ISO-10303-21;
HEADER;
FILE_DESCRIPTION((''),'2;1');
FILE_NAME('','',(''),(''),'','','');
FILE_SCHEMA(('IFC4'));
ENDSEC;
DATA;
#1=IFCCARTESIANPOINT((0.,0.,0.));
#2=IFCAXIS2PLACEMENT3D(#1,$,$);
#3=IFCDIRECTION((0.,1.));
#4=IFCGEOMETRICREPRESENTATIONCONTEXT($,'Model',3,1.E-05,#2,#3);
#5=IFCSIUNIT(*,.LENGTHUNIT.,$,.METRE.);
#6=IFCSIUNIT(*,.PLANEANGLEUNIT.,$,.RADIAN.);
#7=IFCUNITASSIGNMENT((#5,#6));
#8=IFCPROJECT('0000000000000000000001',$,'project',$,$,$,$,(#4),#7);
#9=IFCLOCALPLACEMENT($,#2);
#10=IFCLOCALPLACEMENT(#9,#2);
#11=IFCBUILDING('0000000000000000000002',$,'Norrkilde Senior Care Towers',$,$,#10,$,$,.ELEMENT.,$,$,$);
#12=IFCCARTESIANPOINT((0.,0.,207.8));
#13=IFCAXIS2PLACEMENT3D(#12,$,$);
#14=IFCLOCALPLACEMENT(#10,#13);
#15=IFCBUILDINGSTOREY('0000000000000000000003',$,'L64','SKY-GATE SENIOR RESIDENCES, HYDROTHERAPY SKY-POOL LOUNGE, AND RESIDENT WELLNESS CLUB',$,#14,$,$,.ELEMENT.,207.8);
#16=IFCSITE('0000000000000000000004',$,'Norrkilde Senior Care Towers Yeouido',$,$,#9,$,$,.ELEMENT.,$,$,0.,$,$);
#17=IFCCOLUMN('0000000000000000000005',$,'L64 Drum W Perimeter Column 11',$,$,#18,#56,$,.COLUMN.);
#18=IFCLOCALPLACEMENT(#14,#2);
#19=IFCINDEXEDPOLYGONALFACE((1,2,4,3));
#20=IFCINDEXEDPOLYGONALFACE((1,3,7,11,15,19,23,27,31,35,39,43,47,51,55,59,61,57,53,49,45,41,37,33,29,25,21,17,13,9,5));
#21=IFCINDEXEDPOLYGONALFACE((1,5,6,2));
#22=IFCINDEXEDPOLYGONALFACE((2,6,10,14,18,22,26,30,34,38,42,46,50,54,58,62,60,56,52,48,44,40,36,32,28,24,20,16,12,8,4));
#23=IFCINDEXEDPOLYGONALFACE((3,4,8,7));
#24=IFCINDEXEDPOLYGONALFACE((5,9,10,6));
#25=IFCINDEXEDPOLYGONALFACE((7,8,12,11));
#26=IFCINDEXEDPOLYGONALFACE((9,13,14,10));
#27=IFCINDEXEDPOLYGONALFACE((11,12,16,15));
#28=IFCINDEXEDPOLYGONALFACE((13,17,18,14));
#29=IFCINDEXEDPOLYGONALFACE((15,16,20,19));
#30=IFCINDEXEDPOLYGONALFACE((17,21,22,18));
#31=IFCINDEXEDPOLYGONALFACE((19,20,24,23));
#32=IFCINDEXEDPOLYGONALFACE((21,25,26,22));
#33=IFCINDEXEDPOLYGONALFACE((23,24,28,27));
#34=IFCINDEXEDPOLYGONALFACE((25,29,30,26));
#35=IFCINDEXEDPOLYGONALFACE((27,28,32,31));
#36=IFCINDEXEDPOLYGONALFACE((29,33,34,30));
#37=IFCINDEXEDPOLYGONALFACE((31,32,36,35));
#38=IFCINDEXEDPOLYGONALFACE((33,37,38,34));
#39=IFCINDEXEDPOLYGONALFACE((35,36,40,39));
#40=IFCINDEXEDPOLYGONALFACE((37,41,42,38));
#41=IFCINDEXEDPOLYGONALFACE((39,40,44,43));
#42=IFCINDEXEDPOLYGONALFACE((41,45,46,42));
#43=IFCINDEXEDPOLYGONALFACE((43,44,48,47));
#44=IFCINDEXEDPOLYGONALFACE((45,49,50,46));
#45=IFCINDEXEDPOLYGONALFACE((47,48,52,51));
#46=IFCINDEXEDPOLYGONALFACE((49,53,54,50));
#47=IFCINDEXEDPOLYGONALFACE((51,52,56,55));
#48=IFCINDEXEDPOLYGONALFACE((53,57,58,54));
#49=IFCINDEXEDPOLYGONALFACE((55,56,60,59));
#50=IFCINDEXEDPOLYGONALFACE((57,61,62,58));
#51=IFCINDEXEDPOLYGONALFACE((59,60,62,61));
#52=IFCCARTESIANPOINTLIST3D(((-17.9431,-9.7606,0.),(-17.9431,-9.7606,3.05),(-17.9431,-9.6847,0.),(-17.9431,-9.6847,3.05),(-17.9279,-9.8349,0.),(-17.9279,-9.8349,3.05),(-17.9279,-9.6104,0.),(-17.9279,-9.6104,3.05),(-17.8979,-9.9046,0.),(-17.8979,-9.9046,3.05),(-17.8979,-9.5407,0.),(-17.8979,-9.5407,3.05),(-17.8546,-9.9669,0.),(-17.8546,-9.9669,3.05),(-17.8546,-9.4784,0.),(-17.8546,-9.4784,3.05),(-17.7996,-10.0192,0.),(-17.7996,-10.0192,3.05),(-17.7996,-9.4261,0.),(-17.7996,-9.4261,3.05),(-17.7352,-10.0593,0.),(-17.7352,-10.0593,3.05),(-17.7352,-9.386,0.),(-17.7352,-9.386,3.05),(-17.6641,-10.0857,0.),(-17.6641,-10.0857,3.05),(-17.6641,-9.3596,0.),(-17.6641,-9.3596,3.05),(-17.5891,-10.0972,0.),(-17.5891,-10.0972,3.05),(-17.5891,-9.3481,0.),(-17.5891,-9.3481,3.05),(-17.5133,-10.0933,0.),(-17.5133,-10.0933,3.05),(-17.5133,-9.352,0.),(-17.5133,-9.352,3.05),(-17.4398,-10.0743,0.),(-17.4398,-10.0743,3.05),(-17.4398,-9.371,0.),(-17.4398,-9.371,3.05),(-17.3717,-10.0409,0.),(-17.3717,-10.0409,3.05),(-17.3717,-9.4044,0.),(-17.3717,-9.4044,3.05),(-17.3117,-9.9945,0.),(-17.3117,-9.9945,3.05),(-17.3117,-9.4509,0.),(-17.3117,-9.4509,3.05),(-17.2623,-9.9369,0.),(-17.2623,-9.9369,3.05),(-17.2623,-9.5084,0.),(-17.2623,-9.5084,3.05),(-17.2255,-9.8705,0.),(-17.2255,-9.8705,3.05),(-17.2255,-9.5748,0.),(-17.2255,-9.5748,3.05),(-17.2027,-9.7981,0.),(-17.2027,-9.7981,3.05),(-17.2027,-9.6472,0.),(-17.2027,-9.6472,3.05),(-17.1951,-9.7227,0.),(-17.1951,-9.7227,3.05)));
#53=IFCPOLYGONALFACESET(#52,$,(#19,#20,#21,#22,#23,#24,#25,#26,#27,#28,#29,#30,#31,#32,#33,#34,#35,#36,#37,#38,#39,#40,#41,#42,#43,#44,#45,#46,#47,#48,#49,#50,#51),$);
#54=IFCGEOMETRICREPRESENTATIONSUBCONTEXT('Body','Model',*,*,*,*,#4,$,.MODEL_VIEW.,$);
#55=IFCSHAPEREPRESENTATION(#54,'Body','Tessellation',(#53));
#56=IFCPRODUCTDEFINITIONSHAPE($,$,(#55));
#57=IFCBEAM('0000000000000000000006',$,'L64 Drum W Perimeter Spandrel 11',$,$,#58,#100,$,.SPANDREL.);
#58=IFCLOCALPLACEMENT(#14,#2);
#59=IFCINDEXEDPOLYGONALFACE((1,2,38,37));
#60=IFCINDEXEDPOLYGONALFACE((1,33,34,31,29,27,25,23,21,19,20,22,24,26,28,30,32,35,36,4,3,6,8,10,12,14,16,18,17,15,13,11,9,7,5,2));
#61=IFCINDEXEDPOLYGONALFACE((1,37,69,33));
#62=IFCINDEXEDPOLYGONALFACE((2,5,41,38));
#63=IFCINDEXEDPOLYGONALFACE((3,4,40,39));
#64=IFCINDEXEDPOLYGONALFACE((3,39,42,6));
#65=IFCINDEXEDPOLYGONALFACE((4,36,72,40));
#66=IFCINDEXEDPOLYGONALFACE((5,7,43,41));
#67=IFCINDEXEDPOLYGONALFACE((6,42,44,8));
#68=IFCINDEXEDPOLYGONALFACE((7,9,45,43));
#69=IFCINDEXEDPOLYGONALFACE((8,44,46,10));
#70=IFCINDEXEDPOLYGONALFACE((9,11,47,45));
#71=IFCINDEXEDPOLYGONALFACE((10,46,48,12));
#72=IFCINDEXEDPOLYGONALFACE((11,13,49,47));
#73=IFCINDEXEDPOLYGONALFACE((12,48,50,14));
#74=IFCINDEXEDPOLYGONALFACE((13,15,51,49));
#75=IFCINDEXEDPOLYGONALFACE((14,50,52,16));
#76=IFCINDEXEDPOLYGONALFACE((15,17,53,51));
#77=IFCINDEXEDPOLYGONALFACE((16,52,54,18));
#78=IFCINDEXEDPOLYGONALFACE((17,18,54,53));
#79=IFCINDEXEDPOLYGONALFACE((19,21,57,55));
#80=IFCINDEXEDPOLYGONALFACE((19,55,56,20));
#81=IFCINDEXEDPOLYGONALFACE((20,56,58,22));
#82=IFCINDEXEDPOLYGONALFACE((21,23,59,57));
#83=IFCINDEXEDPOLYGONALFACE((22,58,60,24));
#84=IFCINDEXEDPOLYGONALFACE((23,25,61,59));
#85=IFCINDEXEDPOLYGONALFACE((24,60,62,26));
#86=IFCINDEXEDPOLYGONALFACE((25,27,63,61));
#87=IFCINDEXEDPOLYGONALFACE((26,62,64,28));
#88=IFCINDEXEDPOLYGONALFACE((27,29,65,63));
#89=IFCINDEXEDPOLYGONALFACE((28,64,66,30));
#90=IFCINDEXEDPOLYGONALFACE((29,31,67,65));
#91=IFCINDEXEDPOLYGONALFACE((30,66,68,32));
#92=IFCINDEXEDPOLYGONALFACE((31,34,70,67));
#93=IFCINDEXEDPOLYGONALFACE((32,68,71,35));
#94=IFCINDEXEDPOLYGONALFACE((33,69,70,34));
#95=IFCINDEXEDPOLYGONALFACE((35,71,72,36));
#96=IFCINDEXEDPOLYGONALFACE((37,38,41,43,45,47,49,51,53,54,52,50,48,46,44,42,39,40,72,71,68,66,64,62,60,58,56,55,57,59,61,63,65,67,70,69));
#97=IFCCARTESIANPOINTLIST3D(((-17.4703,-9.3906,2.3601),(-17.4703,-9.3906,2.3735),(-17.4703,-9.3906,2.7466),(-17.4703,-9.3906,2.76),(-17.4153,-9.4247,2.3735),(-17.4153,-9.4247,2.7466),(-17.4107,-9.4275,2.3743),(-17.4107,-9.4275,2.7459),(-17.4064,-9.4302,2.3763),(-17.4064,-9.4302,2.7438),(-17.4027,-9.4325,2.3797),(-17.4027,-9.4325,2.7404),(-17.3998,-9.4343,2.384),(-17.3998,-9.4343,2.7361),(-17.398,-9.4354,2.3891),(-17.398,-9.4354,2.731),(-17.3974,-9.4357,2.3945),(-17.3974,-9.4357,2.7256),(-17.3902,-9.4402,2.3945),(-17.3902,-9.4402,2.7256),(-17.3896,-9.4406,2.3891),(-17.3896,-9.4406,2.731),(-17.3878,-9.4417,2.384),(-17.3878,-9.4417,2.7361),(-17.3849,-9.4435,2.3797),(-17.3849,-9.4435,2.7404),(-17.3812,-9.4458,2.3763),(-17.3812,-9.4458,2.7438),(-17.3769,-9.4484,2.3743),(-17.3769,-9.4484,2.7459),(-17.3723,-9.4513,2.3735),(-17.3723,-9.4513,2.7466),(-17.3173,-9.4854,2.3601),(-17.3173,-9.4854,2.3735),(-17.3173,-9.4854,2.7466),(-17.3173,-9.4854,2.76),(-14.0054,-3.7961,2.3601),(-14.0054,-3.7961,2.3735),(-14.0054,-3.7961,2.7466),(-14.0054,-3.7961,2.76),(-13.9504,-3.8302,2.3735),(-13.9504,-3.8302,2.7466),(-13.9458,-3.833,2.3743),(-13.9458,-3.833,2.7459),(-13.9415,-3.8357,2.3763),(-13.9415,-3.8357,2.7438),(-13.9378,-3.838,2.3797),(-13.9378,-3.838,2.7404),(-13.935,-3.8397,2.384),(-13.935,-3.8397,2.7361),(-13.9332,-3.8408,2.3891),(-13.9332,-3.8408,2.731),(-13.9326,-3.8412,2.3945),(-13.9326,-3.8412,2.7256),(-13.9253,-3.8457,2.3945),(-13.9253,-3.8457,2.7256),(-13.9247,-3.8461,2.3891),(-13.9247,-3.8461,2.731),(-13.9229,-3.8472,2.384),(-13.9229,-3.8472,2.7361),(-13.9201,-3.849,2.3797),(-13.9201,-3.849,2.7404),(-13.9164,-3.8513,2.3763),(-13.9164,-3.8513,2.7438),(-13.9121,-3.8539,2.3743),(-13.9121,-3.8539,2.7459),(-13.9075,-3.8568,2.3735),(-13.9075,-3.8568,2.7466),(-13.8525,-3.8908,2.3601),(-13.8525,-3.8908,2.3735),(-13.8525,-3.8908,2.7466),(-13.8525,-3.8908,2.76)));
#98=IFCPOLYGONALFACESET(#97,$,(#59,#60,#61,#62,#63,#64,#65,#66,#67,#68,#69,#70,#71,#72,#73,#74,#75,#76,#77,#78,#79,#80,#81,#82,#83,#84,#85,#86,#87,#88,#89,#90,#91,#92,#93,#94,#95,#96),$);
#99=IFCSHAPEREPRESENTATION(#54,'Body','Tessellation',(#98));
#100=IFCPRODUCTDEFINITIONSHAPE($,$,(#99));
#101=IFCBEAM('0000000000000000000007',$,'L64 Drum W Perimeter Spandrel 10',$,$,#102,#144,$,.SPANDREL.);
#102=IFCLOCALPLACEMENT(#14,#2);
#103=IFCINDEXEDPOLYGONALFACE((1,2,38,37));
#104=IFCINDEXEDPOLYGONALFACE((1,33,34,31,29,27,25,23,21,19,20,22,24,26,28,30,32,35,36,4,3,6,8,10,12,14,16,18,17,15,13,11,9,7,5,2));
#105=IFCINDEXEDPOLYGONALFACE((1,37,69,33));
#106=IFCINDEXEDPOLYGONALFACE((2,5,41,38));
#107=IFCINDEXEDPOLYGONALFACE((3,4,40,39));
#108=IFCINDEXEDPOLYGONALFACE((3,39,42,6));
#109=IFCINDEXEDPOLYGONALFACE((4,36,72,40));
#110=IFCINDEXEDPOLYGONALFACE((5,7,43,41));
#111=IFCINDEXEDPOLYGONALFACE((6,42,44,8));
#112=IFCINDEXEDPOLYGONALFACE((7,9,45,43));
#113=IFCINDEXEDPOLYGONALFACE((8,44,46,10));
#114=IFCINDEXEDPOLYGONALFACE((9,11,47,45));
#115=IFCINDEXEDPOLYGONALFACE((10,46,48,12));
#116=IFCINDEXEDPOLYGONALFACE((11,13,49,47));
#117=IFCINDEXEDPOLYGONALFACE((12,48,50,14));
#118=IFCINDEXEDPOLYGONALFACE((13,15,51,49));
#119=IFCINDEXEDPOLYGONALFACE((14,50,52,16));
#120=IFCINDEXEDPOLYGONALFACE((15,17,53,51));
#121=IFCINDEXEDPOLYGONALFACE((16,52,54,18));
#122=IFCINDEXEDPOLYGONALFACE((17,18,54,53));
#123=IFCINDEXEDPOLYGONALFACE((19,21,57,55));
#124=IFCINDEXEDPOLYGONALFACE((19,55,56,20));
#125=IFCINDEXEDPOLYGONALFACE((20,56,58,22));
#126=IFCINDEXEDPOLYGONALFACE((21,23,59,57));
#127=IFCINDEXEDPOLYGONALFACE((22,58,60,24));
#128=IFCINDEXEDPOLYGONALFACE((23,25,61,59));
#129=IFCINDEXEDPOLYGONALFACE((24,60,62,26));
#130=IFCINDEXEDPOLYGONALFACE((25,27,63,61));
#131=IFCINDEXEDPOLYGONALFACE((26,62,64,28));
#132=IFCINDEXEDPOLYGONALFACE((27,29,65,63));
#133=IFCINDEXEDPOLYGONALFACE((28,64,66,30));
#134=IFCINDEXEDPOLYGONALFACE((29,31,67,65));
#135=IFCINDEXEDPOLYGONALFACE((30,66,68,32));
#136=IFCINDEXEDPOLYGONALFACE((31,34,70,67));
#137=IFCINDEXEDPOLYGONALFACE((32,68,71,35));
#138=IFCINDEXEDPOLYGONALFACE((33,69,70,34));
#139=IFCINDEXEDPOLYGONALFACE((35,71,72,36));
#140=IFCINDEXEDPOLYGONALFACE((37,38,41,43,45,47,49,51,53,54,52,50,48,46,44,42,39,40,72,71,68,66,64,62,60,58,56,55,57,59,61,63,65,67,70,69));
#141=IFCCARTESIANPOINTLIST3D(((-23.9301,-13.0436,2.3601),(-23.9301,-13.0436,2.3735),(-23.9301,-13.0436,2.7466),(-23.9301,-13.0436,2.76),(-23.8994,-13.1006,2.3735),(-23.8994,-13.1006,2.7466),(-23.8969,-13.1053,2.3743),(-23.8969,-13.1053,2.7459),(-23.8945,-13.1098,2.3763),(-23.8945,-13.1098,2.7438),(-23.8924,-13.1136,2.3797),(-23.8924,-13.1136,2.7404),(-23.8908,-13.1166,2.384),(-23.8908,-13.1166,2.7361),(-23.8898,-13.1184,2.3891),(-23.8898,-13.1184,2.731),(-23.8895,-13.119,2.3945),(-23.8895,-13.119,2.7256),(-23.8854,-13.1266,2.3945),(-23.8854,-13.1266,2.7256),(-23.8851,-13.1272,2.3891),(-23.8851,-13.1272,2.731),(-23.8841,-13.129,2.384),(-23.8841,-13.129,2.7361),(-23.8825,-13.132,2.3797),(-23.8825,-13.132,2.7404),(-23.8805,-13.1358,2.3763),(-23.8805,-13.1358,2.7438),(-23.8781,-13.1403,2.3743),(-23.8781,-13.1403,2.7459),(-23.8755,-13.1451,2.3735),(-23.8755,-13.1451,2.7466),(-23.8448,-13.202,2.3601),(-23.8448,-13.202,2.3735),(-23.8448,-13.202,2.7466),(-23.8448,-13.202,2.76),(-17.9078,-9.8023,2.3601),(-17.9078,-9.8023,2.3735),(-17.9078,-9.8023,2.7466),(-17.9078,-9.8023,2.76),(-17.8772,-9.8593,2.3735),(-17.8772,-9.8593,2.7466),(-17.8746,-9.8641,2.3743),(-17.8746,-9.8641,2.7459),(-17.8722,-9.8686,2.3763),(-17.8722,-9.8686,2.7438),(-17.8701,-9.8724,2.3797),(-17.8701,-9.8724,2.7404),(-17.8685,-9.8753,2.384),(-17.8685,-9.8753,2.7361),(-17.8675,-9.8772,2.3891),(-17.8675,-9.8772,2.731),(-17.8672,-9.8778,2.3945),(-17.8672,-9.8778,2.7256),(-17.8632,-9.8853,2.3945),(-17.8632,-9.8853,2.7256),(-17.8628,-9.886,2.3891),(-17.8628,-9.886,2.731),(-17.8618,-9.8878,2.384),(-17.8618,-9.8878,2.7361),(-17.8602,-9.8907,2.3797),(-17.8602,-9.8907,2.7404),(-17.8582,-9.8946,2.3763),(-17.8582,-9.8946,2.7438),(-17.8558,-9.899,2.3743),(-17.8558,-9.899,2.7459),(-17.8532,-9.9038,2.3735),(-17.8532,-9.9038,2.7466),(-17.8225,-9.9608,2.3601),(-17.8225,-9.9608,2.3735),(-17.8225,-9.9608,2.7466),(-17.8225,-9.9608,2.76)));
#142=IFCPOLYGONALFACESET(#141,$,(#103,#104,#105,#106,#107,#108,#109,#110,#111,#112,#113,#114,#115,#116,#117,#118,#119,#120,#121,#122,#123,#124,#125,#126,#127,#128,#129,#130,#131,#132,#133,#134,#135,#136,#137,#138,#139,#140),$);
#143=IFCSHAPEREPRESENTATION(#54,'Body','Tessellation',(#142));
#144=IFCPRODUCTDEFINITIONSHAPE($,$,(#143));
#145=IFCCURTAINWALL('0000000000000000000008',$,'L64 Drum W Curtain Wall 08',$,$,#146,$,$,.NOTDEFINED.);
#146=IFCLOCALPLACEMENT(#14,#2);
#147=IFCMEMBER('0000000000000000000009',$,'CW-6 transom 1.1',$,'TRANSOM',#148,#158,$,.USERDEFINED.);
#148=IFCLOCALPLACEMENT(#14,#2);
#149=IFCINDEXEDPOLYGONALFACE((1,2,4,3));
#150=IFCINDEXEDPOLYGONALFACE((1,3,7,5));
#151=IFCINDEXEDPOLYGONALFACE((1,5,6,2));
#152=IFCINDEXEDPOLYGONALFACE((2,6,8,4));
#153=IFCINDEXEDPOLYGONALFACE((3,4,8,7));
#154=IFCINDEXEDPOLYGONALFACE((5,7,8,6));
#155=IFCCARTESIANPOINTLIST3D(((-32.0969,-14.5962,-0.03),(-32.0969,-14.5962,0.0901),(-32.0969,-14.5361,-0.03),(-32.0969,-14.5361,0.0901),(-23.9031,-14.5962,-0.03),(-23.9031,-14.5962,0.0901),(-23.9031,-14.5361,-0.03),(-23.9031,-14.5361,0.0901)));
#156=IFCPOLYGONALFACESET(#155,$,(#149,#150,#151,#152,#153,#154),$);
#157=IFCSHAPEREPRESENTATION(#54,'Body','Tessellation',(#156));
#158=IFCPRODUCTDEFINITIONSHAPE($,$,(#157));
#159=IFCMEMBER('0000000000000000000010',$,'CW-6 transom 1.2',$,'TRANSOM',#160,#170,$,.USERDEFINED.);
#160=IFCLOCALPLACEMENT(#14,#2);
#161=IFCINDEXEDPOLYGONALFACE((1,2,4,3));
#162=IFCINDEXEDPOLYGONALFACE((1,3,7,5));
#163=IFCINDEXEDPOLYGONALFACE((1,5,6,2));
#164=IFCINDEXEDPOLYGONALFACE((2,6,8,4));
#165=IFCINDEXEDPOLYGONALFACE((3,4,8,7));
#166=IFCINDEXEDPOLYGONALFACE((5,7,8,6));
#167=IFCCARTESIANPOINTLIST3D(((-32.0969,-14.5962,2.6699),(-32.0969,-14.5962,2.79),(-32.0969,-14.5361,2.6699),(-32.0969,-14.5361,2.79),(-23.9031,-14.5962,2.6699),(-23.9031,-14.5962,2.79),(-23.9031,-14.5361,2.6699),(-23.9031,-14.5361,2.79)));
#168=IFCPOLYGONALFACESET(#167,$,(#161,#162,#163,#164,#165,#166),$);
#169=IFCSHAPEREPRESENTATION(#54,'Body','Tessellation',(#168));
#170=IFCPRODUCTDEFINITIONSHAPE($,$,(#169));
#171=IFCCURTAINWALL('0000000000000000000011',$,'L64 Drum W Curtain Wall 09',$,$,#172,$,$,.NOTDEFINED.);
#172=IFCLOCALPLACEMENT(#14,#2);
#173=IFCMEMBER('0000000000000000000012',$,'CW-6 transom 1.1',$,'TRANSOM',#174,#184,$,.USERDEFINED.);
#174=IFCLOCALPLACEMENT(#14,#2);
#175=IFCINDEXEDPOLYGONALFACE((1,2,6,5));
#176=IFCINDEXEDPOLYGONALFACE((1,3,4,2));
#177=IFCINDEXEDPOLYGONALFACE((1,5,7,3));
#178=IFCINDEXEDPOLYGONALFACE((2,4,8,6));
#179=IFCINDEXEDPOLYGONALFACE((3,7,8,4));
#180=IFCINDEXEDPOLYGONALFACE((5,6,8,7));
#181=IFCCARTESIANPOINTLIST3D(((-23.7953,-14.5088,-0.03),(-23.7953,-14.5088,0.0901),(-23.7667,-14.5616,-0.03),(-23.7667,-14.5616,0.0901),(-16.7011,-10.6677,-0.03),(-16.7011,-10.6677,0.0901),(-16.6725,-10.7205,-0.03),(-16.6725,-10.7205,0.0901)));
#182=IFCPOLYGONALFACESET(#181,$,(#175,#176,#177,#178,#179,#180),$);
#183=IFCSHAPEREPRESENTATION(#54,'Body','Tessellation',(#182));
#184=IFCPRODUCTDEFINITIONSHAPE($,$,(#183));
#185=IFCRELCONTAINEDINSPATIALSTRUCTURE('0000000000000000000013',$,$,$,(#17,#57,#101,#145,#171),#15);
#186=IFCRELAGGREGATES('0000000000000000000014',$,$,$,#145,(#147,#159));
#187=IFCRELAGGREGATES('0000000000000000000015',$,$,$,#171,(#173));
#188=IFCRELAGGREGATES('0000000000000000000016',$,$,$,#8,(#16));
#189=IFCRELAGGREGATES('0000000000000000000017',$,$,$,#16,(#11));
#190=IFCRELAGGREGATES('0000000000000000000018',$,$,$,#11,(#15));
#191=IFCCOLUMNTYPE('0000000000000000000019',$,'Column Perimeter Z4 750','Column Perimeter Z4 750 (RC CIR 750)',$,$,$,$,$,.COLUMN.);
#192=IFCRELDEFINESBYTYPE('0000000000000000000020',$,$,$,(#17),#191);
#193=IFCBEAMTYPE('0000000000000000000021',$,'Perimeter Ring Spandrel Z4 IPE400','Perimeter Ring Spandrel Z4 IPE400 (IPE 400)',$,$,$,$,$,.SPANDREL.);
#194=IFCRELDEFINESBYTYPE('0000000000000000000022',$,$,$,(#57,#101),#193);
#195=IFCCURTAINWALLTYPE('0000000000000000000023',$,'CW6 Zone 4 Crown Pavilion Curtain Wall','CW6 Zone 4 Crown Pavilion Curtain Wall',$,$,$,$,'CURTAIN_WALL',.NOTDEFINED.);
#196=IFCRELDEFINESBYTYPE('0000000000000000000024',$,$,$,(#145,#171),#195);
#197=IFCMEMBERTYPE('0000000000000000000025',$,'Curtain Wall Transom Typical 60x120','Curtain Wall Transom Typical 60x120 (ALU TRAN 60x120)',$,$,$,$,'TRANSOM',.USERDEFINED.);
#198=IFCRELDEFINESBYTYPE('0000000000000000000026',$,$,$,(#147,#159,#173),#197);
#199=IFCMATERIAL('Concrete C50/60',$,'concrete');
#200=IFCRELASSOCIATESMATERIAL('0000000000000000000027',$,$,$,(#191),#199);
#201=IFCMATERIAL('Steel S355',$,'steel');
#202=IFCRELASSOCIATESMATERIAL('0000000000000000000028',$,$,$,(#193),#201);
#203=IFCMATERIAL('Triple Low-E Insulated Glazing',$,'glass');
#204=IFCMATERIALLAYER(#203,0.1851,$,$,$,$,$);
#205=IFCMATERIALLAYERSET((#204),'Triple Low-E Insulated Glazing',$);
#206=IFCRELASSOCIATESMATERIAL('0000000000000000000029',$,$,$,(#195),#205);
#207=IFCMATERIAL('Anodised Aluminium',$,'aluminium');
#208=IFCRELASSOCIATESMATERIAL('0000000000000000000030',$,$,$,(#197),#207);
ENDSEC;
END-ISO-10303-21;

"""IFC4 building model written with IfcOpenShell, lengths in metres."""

from ifc_helpers import new_model, si_unit, direction, frame, origin, origin_2d, place, context, subcontext, project, spatial, rectangle, circle, i_section, extrude, source, transform, mapped, material, layer, layer_set, material_profile, profile_set, type_object, type_shapes, element, aggregate, save


model = new_model("IFC4")

# Units and contexts
model_context = context("Model", 3, precision=1e-05, world=origin(), true_north=direction((0.0, 1.0)))
body_context = subcontext(model_context, "Body", "Model", "MODEL_VIEW")
ifc_project = project(units=[si_unit("LENGTHUNIT", "METRE"), si_unit("PLANEANGLEUNIT", "RADIAN")], contexts=[model_context])

# Site, building, storey
site_placement = place(None, origin())
site = spatial("IfcSite", under=ifc_project, at=site_placement, Name="Norrkilde Senior Care Towers Yeouido", CompositionType="ELEMENT", RefElevation=0.0)
building_placement = place(site_placement, origin())
building = spatial("IfcBuilding", under=site, at=building_placement, Name="Norrkilde Senior Care Towers", CompositionType="ELEMENT")
storey_placement = place(building_placement, frame((0.0, 0.0, 207.8)))
storey = spatial("IfcBuildingStorey", under=building, at=storey_placement, Name="L64", Description="SKY-GATE SENIOR RESIDENCES, HYDROTHERAPY SKY-POOL LOUNGE, AND RESIDENT WELLNESS CLUB", CompositionType="ELEMENT", Elevation=207.8)

# Column
ifc_material_1 = material(Name="Concrete C50/60", Category="concrete")
ifc_material_profile_1 = material_profile(ifc_material_1, circle(Radius=0.375, at=origin_2d()), Name="RC CIR 750")
ifc_profile_set_1 = profile_set([ifc_material_profile_1], Name="Concrete C50/60")
column_type = type_object("IfcColumnType", Name="Column Perimeter Z4 750", Description="Column Perimeter Z4 750 (RC CIR 750)", PredefinedType="COLUMN", material=ifc_profile_set_1)
shared_shape_1 = source(origin(), body_context, "Body", "SweptSolid", [
    extrude(circle(Radius=0.375, at=origin_2d()), origin(), (0.0, 0.0, 1.0), 3.05),
])
type_shapes(column_type, [shared_shape_1])
column_placement = place(storey_placement, frame((-17.5701, -9.7227, 0.0), z_axis=(0.0, 0.0, 1.0), x_axis=(1.0, 0.0, 0.0)))
element("IfcColumn", 1, at=column_placement, inside=storey, type_object=column_type, Name="L64 Drum W Perimeter Column 11", PredefinedType="COLUMN", context=body_context, shape_type="MappedRepresentation", body=[
    mapped(shared_shape_1, transform((0.0, 0.0, 0.0), x_axis=(1.0, 0.0, 0.0), y_axis=(0.0, 1.0, 0.0), z_axis=(0.0, 0.0, 1.0), scale=1.0)),
])

# Beams
ifc_material_2 = material(Name="Steel S355", Category="steel")
ifc_material_profile_2 = material_profile(ifc_material_2, i_section(OverallWidth=0.1799, OverallDepth=0.3999, WebThickness=0.0085, FlangeThickness=0.0134, FilletRadius=0.021, at=origin_2d()), Name="IPE 400")
ifc_profile_set_2 = profile_set([ifc_material_profile_2], Name="Steel S355")
beam_type = type_object("IfcBeamType", Name="Perimeter Ring Spandrel Z4 IPE400", Description="Perimeter Ring Spandrel Z4 IPE400 (IPE 400)", PredefinedType="SPANDREL", material=ifc_profile_set_2)
shared_shape_2 = source(origin(), body_context, "Body", "SweptSolid", [
    extrude(i_section(OverallWidth=0.1799, OverallDepth=0.3999, WebThickness=0.0085, FlangeThickness=0.0134, FilletRadius=0.021, at=origin_2d()), origin(), (0.0, 0.0, 1.0), 6.5806),
])
beam_1_placement = place(storey_placement, frame((-17.3938, -9.438, 2.5601), z_axis=(0.52653, 0.850157, 0.0), x_axis=(-0.850157, 0.52653, 0.0)))
element("IfcBeam", 2, at=beam_1_placement, inside=storey, type_object=beam_type, Name="L64 Drum W Perimeter Spandrel 11", PredefinedType="SPANDREL", context=body_context, shape_type="MappedRepresentation", body=[
    mapped(shared_shape_2, transform((0.0, 0.0, 0.0), x_axis=(1.0, 0.0, 0.0), y_axis=(0.0, 1.0, 0.0), z_axis=(0.0, 0.0, 1.0), scale=1.0)),
])
shared_shape_3 = source(origin(), body_context, "Body", "SweptSolid", [
    extrude(i_section(OverallWidth=0.1799, OverallDepth=0.3999, WebThickness=0.0085, FlangeThickness=0.0134, FilletRadius=0.021, at=origin_2d()), origin(), (0.0, 0.0, 1.0), 6.8391),
])
type_shapes(beam_type, [shared_shape_2, shared_shape_3])
beam_2_placement = place(storey_placement, frame((-23.8875, -13.1228, 2.5601), z_axis=(0.880564, 0.473927, 0.0), x_axis=(-0.473927, 0.880564, 0.0)))
element("IfcBeam", 3, at=beam_2_placement, inside=storey, type_object=beam_type, Name="L64 Drum W Perimeter Spandrel 10", PredefinedType="SPANDREL", context=body_context, shape_type="MappedRepresentation", body=[
    mapped(shared_shape_3, transform((0.0, 0.0, 0.0), x_axis=(1.0, 0.0, 0.0), y_axis=(0.0, 1.0, 0.0), z_axis=(0.0, 0.0, 1.0), scale=1.0)),
])

# Curtain walls, members
ifc_material_3 = material(Name="Triple Low-E Insulated Glazing", Category="glass")
ifc_layer_1 = layer(ifc_material_3, 0.1851)
ifc_layer_set_1 = layer_set([ifc_layer_1], Name="Triple Low-E Insulated Glazing")
curtain_wall_type_1 = type_object("IfcCurtainWallType", Name="CW6 Zone 4 Crown Pavilion Curtain Wall", Description="CW6 Zone 4 Crown Pavilion Curtain Wall", ElementType="CURTAIN_WALL", PredefinedType="NOTDEFINED", material=ifc_layer_set_1)
curtain_wall_1_placement = place(storey_placement, origin())
curtain_wall_1 = element("IfcCurtainWall", 4, at=curtain_wall_1_placement, inside=storey, type_object=curtain_wall_type_1, Name="L64 Drum W Curtain Wall 08", PredefinedType="NOTDEFINED")
ifc_material_4 = material(Name="Anodised Aluminium", Category="aluminium")
ifc_material_profile_3 = material_profile(ifc_material_4, rectangle(XDim=0.0601, YDim=0.1201, at=origin_2d()), Name="ALU TRAN 60x120")
ifc_profile_set_3 = profile_set([ifc_material_profile_3], Name="Anodised Aluminium")
member_type_1 = type_object("IfcMemberType", Name="Curtain Wall Transom Typical 60x120", Description="Curtain Wall Transom Typical 60x120 (ALU TRAN 60x120)", ElementType="TRANSOM", PredefinedType="USERDEFINED", material=ifc_profile_set_3)
shared_shape_4 = source(origin(), body_context, "Body", "SweptSolid", [
    extrude(rectangle(XDim=0.0601, YDim=0.1201, at=origin_2d()), origin(), (0.0, 0.0, 1.0), 8.1938),
])
member_1_placement = place(storey_placement, frame((-23.9031, -14.5662, 0.03), z_axis=(-1.0, 0.0, 0.0), x_axis=(0.0, -1.0, 0.0)))
member_1 = element("IfcMember", 5, at=member_1_placement, type_object=member_type_1, Name="CW-6 transom 1.1", ObjectType="TRANSOM", PredefinedType="USERDEFINED", context=body_context, shape_type="MappedRepresentation", body=[
    mapped(shared_shape_4, transform((0.0, 0.0, 0.0), x_axis=(1.0, 0.0, 0.0), y_axis=(0.0, 1.0, 0.0), z_axis=(0.0, 0.0, 1.0), scale=1.0)),
])
member_2_placement = place(storey_placement, frame((-23.9031, -14.5662, 2.73), z_axis=(-1.0, 0.0, 0.0), x_axis=(0.0, -1.0, 0.0)))
member_2 = element("IfcMember", 6, at=member_2_placement, type_object=member_type_1, Name="CW-6 transom 1.2", ObjectType="TRANSOM", PredefinedType="USERDEFINED", context=body_context, shape_type="MappedRepresentation", body=[
    mapped(shared_shape_4, transform((0.0, 0.0, 0.0), x_axis=(1.0, 0.0, 0.0), y_axis=(0.0, 1.0, 0.0), z_axis=(0.0, 0.0, 1.0), scale=1.0)),
])
curtain_wall_2_placement = place(storey_placement, origin())
curtain_wall_2 = element("IfcCurtainWall", 7, at=curtain_wall_2_placement, inside=storey, type_object=curtain_wall_type_1, Name="L64 Drum W Curtain Wall 09", PredefinedType="NOTDEFINED")
shared_shape_5 = source(origin(), body_context, "Body", "SweptSolid", [
    extrude(rectangle(XDim=0.0601, YDim=0.1201, at=origin_2d()), origin(), (0.0, 0.0, 1.0), 8.0674),
])
type_shapes(member_type_1, [shared_shape_4, shared_shape_5])
member_3_placement = place(storey_placement, frame((-16.6868, -10.6941, 0.03), z_axis=(-0.879378, -0.476125, 0.0), x_axis=(0.476125, -0.879378, 0.0)))
member_3 = element("IfcMember", 8, at=member_3_placement, type_object=member_type_1, Name="CW-6 transom 1.1", ObjectType="TRANSOM", PredefinedType="USERDEFINED", context=body_context, shape_type="MappedRepresentation", body=[
    mapped(shared_shape_5, transform((0.0, 0.0, 0.0), x_axis=(1.0, 0.0, 0.0), y_axis=(0.0, 1.0, 0.0), z_axis=(0.0, 0.0, 1.0), scale=1.0)),
])

aggregate(curtain_wall_1, [member_1, member_2])

aggregate(curtain_wall_2, [member_3])

save(model, "model.ifc")
